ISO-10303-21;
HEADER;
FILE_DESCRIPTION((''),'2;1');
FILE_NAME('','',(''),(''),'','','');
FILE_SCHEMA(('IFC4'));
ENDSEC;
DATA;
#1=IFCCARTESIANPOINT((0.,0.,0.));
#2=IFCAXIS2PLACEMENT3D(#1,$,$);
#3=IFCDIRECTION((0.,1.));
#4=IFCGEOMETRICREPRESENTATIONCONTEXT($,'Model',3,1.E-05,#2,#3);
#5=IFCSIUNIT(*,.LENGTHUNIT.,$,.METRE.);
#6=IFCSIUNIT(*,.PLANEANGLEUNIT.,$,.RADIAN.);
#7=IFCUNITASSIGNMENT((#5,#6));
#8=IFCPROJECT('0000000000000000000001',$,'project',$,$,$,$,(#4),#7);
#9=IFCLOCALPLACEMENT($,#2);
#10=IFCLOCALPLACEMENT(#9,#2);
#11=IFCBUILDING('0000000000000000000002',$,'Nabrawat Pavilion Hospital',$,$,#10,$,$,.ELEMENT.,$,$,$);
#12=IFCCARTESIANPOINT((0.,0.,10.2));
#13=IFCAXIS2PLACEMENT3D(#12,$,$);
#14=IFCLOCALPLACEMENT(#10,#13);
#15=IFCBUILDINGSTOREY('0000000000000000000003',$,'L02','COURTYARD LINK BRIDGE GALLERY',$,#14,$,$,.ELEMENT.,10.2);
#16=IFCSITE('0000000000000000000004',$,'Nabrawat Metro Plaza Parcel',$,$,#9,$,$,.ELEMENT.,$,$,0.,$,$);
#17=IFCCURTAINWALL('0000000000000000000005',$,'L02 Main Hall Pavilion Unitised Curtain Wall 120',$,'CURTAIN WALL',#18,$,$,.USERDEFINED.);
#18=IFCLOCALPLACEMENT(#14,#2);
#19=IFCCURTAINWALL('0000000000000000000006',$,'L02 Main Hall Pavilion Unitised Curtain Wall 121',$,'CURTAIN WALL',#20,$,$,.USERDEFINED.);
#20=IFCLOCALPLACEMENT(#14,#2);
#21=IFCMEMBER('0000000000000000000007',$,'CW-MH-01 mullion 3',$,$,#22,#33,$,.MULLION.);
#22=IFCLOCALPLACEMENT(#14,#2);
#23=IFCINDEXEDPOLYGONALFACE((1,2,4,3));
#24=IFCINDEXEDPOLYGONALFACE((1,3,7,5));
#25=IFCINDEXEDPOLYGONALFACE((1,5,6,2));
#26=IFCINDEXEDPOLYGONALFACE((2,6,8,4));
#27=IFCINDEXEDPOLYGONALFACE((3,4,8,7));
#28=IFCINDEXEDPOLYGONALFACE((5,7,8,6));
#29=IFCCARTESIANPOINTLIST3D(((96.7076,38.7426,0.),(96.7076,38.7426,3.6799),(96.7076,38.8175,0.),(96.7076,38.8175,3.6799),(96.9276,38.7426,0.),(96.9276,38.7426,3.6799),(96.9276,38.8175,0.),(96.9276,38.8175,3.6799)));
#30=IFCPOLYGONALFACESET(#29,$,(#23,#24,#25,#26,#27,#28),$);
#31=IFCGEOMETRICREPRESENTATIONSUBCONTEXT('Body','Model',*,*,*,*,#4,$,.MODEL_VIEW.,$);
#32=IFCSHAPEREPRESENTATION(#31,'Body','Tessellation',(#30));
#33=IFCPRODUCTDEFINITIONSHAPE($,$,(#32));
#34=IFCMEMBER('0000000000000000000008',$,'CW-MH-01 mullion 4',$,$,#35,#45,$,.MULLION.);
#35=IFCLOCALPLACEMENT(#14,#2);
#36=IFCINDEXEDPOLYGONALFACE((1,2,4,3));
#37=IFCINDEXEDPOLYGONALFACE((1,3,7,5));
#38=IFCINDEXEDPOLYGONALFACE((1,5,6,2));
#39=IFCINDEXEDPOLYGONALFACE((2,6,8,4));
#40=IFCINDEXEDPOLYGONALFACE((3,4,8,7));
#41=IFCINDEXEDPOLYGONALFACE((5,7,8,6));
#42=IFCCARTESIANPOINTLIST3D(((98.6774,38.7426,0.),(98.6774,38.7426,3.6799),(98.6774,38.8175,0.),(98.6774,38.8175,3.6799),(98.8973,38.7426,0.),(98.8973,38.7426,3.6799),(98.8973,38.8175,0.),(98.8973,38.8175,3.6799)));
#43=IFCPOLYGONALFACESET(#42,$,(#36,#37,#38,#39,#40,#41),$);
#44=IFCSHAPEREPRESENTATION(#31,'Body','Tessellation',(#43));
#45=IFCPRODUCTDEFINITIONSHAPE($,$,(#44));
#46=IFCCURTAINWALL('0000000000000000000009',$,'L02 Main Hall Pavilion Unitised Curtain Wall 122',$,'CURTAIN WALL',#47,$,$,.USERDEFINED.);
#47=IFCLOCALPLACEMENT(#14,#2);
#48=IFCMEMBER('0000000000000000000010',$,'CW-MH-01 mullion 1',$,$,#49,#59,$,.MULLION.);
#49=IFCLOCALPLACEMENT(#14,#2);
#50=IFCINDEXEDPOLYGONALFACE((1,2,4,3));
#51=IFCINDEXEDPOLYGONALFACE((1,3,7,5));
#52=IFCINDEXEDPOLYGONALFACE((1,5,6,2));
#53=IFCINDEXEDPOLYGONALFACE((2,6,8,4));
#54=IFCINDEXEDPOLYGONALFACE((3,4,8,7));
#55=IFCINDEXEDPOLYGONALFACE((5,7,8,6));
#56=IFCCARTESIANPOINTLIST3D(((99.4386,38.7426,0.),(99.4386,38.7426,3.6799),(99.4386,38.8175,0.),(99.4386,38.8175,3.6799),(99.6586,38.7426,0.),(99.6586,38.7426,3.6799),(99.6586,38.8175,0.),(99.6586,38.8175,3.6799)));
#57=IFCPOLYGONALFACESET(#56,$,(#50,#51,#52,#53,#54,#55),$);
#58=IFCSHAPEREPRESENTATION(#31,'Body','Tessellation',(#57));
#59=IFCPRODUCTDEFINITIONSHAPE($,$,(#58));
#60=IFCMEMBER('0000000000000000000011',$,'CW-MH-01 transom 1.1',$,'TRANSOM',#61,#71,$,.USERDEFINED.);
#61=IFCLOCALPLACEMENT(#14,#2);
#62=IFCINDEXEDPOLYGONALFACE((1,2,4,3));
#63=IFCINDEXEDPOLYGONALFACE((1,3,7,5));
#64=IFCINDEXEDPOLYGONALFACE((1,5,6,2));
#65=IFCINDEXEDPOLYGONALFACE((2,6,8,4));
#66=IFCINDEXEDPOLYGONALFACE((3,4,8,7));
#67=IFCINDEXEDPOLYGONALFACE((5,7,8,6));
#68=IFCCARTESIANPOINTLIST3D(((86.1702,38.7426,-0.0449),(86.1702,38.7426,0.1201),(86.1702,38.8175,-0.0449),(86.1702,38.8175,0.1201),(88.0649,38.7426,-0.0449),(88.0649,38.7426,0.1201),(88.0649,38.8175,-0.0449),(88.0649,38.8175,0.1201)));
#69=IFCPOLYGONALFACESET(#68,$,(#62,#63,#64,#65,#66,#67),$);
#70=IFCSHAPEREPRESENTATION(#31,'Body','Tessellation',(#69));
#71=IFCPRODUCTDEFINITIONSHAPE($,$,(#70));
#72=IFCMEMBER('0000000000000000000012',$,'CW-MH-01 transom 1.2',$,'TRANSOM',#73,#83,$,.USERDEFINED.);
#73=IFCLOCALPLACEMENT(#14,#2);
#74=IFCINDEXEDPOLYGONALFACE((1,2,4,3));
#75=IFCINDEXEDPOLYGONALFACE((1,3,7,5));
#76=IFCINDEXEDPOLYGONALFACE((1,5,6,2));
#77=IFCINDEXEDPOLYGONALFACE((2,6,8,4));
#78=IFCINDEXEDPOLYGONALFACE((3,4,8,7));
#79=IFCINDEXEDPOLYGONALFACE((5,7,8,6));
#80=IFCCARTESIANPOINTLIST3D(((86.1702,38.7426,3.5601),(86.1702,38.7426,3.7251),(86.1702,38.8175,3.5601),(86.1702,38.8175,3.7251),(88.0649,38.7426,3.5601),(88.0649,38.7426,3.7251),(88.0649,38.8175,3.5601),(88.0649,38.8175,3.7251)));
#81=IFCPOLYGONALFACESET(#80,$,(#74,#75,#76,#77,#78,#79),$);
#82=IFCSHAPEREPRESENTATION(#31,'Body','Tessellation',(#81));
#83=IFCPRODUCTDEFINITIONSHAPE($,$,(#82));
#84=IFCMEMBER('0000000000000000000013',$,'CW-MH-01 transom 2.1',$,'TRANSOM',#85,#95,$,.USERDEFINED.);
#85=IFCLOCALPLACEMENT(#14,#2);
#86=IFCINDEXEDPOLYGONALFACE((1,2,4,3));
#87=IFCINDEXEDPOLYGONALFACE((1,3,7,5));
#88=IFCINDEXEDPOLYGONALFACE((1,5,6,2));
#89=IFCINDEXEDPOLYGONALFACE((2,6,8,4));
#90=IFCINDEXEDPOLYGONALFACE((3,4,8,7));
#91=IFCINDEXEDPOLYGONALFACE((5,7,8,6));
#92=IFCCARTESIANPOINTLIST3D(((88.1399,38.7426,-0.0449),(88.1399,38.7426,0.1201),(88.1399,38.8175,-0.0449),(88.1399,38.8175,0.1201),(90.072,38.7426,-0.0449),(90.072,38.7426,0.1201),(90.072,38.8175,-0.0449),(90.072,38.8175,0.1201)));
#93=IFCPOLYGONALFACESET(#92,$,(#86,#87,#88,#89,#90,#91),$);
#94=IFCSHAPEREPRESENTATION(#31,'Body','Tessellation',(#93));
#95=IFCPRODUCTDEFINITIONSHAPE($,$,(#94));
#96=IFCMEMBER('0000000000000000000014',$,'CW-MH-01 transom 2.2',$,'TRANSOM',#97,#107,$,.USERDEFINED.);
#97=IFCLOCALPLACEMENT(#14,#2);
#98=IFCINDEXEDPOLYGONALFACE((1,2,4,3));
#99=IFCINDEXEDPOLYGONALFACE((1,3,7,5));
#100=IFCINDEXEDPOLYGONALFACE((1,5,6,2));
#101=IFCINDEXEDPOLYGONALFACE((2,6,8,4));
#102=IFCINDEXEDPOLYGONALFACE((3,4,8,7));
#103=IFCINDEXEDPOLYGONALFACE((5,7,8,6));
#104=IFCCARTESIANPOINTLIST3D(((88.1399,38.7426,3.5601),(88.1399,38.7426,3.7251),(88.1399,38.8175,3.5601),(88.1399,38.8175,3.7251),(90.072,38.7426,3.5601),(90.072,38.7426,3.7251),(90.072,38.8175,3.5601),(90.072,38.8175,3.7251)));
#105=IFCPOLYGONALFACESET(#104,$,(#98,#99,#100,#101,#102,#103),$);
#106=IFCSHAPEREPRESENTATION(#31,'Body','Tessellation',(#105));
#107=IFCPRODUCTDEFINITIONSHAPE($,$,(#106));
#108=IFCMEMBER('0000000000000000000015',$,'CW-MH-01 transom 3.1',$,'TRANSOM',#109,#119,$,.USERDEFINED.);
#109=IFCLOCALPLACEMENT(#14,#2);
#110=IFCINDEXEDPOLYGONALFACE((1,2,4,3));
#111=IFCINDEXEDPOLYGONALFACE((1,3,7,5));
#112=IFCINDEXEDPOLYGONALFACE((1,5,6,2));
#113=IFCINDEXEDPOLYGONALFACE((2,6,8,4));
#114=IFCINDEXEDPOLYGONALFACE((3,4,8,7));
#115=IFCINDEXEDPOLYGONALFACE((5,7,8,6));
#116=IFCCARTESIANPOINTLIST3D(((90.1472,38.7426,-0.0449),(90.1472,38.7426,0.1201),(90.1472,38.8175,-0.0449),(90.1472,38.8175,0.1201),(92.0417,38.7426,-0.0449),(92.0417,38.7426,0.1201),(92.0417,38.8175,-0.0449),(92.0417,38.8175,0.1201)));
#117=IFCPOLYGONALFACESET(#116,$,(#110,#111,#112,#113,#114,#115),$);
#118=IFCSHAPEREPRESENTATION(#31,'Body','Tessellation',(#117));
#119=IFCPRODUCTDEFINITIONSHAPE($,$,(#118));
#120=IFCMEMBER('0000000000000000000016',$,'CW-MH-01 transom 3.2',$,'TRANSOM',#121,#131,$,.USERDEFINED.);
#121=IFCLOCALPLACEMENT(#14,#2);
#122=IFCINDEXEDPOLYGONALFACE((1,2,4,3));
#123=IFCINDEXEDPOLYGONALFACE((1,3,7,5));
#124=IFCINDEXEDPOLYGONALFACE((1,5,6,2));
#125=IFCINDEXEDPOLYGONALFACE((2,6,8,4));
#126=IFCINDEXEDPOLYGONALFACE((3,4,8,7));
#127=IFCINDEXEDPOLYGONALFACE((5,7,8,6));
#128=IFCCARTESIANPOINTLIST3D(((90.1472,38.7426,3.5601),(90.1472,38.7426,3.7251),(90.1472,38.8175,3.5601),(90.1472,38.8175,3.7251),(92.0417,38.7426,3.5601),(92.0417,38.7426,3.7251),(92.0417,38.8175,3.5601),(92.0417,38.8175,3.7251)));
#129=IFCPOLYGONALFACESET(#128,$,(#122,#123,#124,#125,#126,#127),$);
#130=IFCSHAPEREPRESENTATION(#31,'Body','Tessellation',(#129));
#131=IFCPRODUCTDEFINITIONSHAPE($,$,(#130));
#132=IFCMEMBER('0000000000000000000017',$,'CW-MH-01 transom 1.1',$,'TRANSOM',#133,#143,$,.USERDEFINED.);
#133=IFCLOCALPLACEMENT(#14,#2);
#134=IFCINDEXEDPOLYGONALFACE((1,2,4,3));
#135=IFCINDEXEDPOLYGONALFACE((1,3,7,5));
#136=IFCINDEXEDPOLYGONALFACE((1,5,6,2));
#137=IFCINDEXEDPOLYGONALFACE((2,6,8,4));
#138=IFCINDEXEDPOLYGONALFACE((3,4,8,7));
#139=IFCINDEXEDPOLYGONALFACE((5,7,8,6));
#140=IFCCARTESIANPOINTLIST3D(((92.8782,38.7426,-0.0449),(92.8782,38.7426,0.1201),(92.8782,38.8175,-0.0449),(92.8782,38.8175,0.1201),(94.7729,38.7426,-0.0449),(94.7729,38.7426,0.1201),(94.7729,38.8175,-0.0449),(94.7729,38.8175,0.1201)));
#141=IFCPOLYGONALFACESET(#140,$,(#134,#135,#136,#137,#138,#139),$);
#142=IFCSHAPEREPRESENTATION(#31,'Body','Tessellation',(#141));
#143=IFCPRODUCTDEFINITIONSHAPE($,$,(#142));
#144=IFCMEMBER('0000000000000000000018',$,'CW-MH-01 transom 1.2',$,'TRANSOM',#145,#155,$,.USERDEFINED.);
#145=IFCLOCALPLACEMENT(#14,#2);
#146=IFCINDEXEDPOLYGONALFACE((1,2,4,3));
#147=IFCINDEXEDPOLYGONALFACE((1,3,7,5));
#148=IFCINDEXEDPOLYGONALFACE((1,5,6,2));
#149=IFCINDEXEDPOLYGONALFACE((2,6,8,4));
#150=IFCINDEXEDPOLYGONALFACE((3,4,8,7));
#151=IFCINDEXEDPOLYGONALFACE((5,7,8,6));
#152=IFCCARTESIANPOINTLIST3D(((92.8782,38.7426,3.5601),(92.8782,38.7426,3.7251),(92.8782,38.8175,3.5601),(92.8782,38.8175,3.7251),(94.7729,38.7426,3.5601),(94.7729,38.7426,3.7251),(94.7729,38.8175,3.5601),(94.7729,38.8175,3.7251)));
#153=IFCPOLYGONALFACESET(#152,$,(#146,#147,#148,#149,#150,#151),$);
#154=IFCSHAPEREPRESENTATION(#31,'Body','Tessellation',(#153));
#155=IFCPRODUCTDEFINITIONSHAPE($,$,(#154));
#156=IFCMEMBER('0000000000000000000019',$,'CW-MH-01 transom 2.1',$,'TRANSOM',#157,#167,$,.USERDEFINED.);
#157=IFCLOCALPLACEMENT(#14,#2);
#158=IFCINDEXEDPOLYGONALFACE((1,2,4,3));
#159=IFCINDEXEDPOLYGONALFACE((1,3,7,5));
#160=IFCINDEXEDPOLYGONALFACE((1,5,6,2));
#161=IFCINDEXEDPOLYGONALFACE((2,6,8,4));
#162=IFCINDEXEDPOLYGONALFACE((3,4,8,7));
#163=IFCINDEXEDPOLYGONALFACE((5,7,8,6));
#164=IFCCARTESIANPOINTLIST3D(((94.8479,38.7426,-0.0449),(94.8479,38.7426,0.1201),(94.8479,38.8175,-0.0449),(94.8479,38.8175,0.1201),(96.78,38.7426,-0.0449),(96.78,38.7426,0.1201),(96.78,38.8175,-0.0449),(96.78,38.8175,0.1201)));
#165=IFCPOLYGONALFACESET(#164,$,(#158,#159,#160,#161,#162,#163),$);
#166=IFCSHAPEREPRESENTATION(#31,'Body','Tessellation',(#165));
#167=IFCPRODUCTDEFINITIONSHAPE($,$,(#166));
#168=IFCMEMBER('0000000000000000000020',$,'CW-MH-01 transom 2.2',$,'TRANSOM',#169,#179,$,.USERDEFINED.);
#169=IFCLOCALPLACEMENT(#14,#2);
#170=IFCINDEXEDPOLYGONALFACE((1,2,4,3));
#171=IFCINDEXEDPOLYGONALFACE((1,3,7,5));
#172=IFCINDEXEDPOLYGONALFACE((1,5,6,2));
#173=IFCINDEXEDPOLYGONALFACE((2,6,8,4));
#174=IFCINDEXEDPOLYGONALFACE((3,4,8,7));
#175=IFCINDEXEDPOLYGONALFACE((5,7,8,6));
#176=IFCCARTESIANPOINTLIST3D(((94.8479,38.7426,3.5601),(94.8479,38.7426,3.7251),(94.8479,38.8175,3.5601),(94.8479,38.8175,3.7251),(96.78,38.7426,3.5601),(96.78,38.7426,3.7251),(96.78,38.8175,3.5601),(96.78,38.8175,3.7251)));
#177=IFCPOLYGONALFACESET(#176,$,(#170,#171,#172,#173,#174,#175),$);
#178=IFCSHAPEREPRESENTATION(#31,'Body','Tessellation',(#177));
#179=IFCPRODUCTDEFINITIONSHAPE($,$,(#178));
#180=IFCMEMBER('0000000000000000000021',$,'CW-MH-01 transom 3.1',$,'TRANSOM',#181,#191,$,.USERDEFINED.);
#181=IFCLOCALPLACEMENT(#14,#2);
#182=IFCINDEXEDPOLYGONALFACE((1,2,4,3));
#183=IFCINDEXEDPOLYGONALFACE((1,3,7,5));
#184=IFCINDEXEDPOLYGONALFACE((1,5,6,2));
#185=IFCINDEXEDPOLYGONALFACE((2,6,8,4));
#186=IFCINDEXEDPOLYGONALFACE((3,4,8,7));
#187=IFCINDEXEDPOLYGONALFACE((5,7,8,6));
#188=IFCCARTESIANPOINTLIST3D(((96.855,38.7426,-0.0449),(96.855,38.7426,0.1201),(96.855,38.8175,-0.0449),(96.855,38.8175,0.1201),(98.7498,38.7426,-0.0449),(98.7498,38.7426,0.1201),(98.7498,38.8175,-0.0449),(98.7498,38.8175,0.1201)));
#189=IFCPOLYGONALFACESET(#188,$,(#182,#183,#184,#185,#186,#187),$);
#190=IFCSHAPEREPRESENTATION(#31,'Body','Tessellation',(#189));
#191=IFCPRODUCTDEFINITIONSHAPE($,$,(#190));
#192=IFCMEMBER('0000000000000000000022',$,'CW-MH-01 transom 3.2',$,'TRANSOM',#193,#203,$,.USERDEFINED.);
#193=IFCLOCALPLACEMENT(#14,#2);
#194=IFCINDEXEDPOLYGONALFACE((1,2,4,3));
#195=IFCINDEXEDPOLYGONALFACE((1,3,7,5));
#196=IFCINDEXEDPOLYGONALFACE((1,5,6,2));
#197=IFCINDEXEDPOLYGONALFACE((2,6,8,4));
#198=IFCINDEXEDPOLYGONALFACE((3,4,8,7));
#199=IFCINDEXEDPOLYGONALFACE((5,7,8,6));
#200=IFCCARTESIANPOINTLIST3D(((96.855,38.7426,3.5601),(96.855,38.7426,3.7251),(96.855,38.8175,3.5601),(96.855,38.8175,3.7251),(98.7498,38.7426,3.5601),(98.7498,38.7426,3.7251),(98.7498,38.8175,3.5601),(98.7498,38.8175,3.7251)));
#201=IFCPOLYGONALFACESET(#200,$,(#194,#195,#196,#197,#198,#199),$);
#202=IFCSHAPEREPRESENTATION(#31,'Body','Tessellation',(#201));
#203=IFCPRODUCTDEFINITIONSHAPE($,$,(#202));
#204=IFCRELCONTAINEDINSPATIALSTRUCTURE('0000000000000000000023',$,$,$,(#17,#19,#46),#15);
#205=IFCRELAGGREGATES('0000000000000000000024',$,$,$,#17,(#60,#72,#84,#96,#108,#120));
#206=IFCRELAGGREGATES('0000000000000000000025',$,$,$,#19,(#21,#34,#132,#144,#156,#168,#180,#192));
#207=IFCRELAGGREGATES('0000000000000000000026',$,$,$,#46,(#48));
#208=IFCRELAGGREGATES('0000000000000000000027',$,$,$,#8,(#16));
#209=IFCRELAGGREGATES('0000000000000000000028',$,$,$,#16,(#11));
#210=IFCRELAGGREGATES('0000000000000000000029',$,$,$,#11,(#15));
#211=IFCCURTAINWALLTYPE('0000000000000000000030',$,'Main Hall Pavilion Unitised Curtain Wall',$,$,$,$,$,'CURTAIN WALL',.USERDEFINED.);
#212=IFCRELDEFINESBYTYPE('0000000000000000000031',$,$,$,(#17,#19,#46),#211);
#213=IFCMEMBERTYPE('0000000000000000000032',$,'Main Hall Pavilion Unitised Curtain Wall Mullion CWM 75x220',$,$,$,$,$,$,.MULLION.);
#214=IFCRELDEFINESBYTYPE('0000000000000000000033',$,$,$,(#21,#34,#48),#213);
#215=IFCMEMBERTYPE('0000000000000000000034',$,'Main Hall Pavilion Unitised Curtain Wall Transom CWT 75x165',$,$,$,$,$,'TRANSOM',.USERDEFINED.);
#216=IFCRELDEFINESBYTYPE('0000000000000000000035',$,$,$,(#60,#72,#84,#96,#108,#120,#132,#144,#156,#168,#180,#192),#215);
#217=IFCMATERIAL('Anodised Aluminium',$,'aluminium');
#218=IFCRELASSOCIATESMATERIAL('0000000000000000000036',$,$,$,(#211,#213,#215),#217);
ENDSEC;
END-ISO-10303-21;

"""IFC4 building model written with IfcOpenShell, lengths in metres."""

from ifc_helpers import new_model, si_unit, direction, frame, origin, origin_2d, place, context, subcontext, project, spatial, rectangle, extrude, material, material_profile, profile_set, type_object, element, aggregate, save


model = new_model("IFC4")

# Units and contexts
model_context = context("Model", 3, precision=1e-05, world=origin(), true_north=direction((0.0, 1.0)))
body_context = subcontext(model_context, "Body", "Model", "MODEL_VIEW")
ifc_project = project(units=[si_unit("LENGTHUNIT", "METRE"), si_unit("PLANEANGLEUNIT", "RADIAN")], contexts=[model_context])

# Site, building, storey
site_placement = place(None, origin())
site = spatial("IfcSite", under=ifc_project, at=site_placement, Name="Nabrawat Metro Plaza Parcel", CompositionType="ELEMENT", RefElevation=0.0)
building_placement = place(site_placement, origin())
building = spatial("IfcBuilding", under=site, at=building_placement, Name="Nabrawat Pavilion Hospital", CompositionType="ELEMENT")
storey_placement = place(building_placement, frame((0.0, 0.0, 10.2)))
storey = spatial("IfcBuildingStorey", under=building, at=storey_placement, Name="L02", Description="COURTYARD LINK BRIDGE GALLERY", CompositionType="ELEMENT", Elevation=10.2)

# Curtain walls, members
ifc_material_1 = material(Name="Anodised Aluminium", Category="aluminium")
curtain_wall_type = type_object("IfcCurtainWallType", Name="Main Hall Pavilion Unitised Curtain Wall", ElementType="CURTAIN WALL", PredefinedType="USERDEFINED", material=ifc_material_1)
curtain_wall_1_placement = place(storey_placement, origin())
curtain_wall_1 = element("IfcCurtainWall", 1, at=curtain_wall_1_placement, inside=storey, type_object=curtain_wall_type, Name="L02 Main Hall Pavilion Unitised Curtain Wall 120", ObjectType="CURTAIN WALL", PredefinedType="USERDEFINED")
ifc_material_profile_1 = material_profile(ifc_material_1, rectangle(XDim=0.075, YDim=0.22, at=origin_2d()), Name="CWM 75x220")
ifc_profile_set_1 = profile_set([ifc_material_profile_1], Name="Anodised Aluminium")
member_type_1 = type_object("IfcMemberType", Name="Main Hall Pavilion Unitised Curtain Wall Mullion CWM 75x220", PredefinedType="MULLION", material=ifc_profile_set_1)
curtain_wall_2_placement = place(storey_placement, origin())
curtain_wall_2 = element("IfcCurtainWall", 2, at=curtain_wall_2_placement, inside=storey, type_object=curtain_wall_type, Name="L02 Main Hall Pavilion Unitised Curtain Wall 121", ObjectType="CURTAIN WALL", PredefinedType="USERDEFINED")
member_1_placement = place(storey_placement, frame((96.8176, 38.78, 0.0), z_axis=(0.0, 0.0, 1.0), x_axis=(0.0, 1.0, 0.0)))
member_1 = element("IfcMember", 3, at=member_1_placement, type_object=member_type_1, Name="CW-MH-01 mullion 3", PredefinedType="MULLION", context=body_context, shape_type="SweptSolid", body=[
    extrude(rectangle(XDim=0.075, YDim=0.22, at=origin_2d()), origin(), (0.0, 0.0, 1.0), 3.6799),
])
member_2_placement = place(storey_placement, frame((98.7874, 38.78, 0.0), z_axis=(0.0, 0.0, 1.0), x_axis=(0.0, 1.0, 0.0)))
member_2 = element("IfcMember", 4, at=member_2_placement, type_object=member_type_1, Name="CW-MH-01 mullion 4", PredefinedType="MULLION", context=body_context, shape_type="SweptSolid", body=[
    extrude(rectangle(XDim=0.075, YDim=0.22, at=origin_2d()), origin(), (0.0, 0.0, 1.0), 3.6799),
])

# Curtain wall, member
curtain_wall_3_placement = place(storey_placement, origin())
curtain_wall_3 = element("IfcCurtainWall", 5, at=curtain_wall_3_placement, inside=storey, type_object=curtain_wall_type, Name="L02 Main Hall Pavilion Unitised Curtain Wall 122", ObjectType="CURTAIN WALL", PredefinedType="USERDEFINED")
member_3_placement = place(storey_placement, frame((99.5486, 38.78, 0.0), z_axis=(0.0, 0.0, 1.0), x_axis=(0.0, 1.0, 0.0)))
member_3 = element("IfcMember", 6, at=member_3_placement, type_object=member_type_1, Name="CW-MH-01 mullion 1", PredefinedType="MULLION", context=body_context, shape_type="SweptSolid", body=[
    extrude(rectangle(XDim=0.075, YDim=0.22, at=origin_2d()), origin(), (0.0, 0.0, 1.0), 3.6799),
])

# Members
ifc_material_profile_2 = material_profile(ifc_material_1, rectangle(XDim=0.075, YDim=0.165, at=origin_2d()), Name="CWT 75x165")
ifc_profile_set_2 = profile_set([ifc_material_profile_2], Name="Anodised Aluminium")
member_type_2 = type_object("IfcMemberType", Name="Main Hall Pavilion Unitised Curtain Wall Transom CWT 75x165", ElementType="TRANSOM", PredefinedType="USERDEFINED", material=ifc_profile_set_2)
member_4_placement = place(storey_placement, frame((86.1702, 38.78, 0.0376), z_axis=(1.0, 0.0, 0.0), x_axis=(0.0, 1.0, 0.0)))
member_4 = element("IfcMember", 7, at=member_4_placement, type_object=member_type_2, Name="CW-MH-01 transom 1.1", ObjectType="TRANSOM", PredefinedType="USERDEFINED", context=body_context, shape_type="SweptSolid", body=[
    extrude(rectangle(XDim=0.075, YDim=0.165, at=origin_2d()), origin(), (0.0, 0.0, 1.0), 1.8948),
])
member_5_placement = place(storey_placement, frame((86.1702, 38.78, 3.6426), z_axis=(1.0, 0.0, 0.0), x_axis=(0.0, 1.0, 0.0)))
member_5 = element("IfcMember", 8, at=member_5_placement, type_object=member_type_2, Name="CW-MH-01 transom 1.2", ObjectType="TRANSOM", PredefinedType="USERDEFINED", context=body_context, shape_type="SweptSolid", body=[
    extrude(rectangle(XDim=0.075, YDim=0.165, at=origin_2d()), origin(), (0.0, 0.0, 1.0), 1.8948),
])
member_6_placement = place(storey_placement, frame((88.1399, 38.78, 0.0376), z_axis=(1.0, 0.0, 0.0), x_axis=(0.0, 1.0, 0.0)))
member_6 = element("IfcMember", 9, at=member_6_placement, type_object=member_type_2, Name="CW-MH-01 transom 2.1", ObjectType="TRANSOM", PredefinedType="USERDEFINED", context=body_context, shape_type="SweptSolid", body=[
    extrude(rectangle(XDim=0.075, YDim=0.165, at=origin_2d()), origin(), (0.0, 0.0, 1.0), 1.9321),
])
member_7_placement = place(storey_placement, frame((88.1399, 38.78, 3.6426), z_axis=(1.0, 0.0, 0.0), x_axis=(0.0, 1.0, 0.0)))
member_7 = element("IfcMember", 10, at=member_7_placement, type_object=member_type_2, Name="CW-MH-01 transom 2.2", ObjectType="TRANSOM", PredefinedType="USERDEFINED", context=body_context, shape_type="SweptSolid", body=[
    extrude(rectangle(XDim=0.075, YDim=0.165, at=origin_2d()), origin(), (0.0, 0.0, 1.0), 1.9321),
])
member_8_placement = place(storey_placement, frame((90.1472, 38.78, 0.0376), z_axis=(1.0, 0.0, 0.0), x_axis=(0.0, 1.0, 0.0)))
member_8 = element("IfcMember", 11, at=member_8_placement, type_object=member_type_2, Name="CW-MH-01 transom 3.1", ObjectType="TRANSOM", PredefinedType="USERDEFINED", context=body_context, shape_type="SweptSolid", body=[
    extrude(rectangle(XDim=0.075, YDim=0.165, at=origin_2d()), origin(), (0.0, 0.0, 1.0), 1.8945),
])
member_9_placement = place(storey_placement, frame((90.1472, 38.78, 3.6426), z_axis=(1.0, 0.0, 0.0), x_axis=(0.0, 1.0, 0.0)))
member_9 = element("IfcMember", 12, at=member_9_placement, type_object=member_type_2, Name="CW-MH-01 transom 3.2", ObjectType="TRANSOM", PredefinedType="USERDEFINED", context=body_context, shape_type="SweptSolid", body=[
    extrude(rectangle(XDim=0.075, YDim=0.165, at=origin_2d()), origin(), (0.0, 0.0, 1.0), 1.8945),
])
member_10_placement = place(storey_placement, frame((92.8782, 38.78, 0.0376), z_axis=(1.0, 0.0, 0.0), x_axis=(0.0, 1.0, 0.0)))
member_10 = element("IfcMember", 13, at=member_10_placement, type_object=member_type_2, Name="CW-MH-01 transom 1.1", ObjectType="TRANSOM", PredefinedType="USERDEFINED", context=body_context, shape_type="SweptSolid", body=[
    extrude(rectangle(XDim=0.075, YDim=0.165, at=origin_2d()), origin(), (0.0, 0.0, 1.0), 1.8948),
])
member_11_placement = place(storey_placement, frame((92.8782, 38.78, 3.6426), z_axis=(1.0, 0.0, 0.0), x_axis=(0.0, 1.0, 0.0)))
member_11 = element("IfcMember", 14, at=member_11_placement, type_object=member_type_2, Name="CW-MH-01 transom 1.2", ObjectType="TRANSOM", PredefinedType="USERDEFINED", context=body_context, shape_type="SweptSolid", body=[
    extrude(rectangle(XDim=0.075, YDim=0.165, at=origin_2d()), origin(), (0.0, 0.0, 1.0), 1.8948),
])
member_12_placement = place(storey_placement, frame((94.8479, 38.78, 0.0376), z_axis=(1.0, 0.0, 0.0), x_axis=(0.0, 1.0, 0.0)))
member_12 = element("IfcMember", 15, at=member_12_placement, type_object=member_type_2, Name="CW-MH-01 transom 2.1", ObjectType="TRANSOM", PredefinedType="USERDEFINED", context=body_context, shape_type="SweptSolid", body=[
    extrude(rectangle(XDim=0.075, YDim=0.165, at=origin_2d()), origin(), (0.0, 0.0, 1.0), 1.9321),
])
member_13_placement = place(storey_placement, frame((94.8479, 38.78, 3.6426), z_axis=(1.0, 0.0, 0.0), x_axis=(0.0, 1.0, 0.0)))
member_13 = element("IfcMember", 16, at=member_13_placement, type_object=member_type_2, Name="CW-MH-01 transom 2.2", ObjectType="TRANSOM", PredefinedType="USERDEFINED", context=body_context, shape_type="SweptSolid", body=[
    extrude(rectangle(XDim=0.075, YDim=0.165, at=origin_2d()), origin(), (0.0, 0.0, 1.0), 1.9321),
])
member_14_placement = place(storey_placement, frame((96.855, 38.78, 0.0376), z_axis=(1.0, 0.0, 0.0), x_axis=(0.0, 1.0, 0.0)))
member_14 = element("IfcMember", 17, at=member_14_placement, type_object=member_type_2, Name="CW-MH-01 transom 3.1", ObjectType="TRANSOM", PredefinedType="USERDEFINED", context=body_context, shape_type="SweptSolid", body=[
    extrude(rectangle(XDim=0.075, YDim=0.165, at=origin_2d()), origin(), (0.0, 0.0, 1.0), 1.8948),
])
member_15_placement = place(storey_placement, frame((96.855, 38.78, 3.6426), z_axis=(1.0, 0.0, 0.0), x_axis=(0.0, 1.0, 0.0)))
member_15 = element("IfcMember", 18, at=member_15_placement, type_object=member_type_2, Name="CW-MH-01 transom 3.2", ObjectType="TRANSOM", PredefinedType="USERDEFINED", context=body_context, shape_type="SweptSolid", body=[
    extrude(rectangle(XDim=0.075, YDim=0.165, at=origin_2d()), origin(), (0.0, 0.0, 1.0), 1.8948),
])

aggregate(curtain_wall_1, [member_4, member_5, member_6, member_7, member_8, member_9])
aggregate(curtain_wall_2, [member_1, member_2, member_10, member_11, member_12, member_13, member_14, member_15])
aggregate(curtain_wall_3, [member_3])

save(model, "model.ifc")
